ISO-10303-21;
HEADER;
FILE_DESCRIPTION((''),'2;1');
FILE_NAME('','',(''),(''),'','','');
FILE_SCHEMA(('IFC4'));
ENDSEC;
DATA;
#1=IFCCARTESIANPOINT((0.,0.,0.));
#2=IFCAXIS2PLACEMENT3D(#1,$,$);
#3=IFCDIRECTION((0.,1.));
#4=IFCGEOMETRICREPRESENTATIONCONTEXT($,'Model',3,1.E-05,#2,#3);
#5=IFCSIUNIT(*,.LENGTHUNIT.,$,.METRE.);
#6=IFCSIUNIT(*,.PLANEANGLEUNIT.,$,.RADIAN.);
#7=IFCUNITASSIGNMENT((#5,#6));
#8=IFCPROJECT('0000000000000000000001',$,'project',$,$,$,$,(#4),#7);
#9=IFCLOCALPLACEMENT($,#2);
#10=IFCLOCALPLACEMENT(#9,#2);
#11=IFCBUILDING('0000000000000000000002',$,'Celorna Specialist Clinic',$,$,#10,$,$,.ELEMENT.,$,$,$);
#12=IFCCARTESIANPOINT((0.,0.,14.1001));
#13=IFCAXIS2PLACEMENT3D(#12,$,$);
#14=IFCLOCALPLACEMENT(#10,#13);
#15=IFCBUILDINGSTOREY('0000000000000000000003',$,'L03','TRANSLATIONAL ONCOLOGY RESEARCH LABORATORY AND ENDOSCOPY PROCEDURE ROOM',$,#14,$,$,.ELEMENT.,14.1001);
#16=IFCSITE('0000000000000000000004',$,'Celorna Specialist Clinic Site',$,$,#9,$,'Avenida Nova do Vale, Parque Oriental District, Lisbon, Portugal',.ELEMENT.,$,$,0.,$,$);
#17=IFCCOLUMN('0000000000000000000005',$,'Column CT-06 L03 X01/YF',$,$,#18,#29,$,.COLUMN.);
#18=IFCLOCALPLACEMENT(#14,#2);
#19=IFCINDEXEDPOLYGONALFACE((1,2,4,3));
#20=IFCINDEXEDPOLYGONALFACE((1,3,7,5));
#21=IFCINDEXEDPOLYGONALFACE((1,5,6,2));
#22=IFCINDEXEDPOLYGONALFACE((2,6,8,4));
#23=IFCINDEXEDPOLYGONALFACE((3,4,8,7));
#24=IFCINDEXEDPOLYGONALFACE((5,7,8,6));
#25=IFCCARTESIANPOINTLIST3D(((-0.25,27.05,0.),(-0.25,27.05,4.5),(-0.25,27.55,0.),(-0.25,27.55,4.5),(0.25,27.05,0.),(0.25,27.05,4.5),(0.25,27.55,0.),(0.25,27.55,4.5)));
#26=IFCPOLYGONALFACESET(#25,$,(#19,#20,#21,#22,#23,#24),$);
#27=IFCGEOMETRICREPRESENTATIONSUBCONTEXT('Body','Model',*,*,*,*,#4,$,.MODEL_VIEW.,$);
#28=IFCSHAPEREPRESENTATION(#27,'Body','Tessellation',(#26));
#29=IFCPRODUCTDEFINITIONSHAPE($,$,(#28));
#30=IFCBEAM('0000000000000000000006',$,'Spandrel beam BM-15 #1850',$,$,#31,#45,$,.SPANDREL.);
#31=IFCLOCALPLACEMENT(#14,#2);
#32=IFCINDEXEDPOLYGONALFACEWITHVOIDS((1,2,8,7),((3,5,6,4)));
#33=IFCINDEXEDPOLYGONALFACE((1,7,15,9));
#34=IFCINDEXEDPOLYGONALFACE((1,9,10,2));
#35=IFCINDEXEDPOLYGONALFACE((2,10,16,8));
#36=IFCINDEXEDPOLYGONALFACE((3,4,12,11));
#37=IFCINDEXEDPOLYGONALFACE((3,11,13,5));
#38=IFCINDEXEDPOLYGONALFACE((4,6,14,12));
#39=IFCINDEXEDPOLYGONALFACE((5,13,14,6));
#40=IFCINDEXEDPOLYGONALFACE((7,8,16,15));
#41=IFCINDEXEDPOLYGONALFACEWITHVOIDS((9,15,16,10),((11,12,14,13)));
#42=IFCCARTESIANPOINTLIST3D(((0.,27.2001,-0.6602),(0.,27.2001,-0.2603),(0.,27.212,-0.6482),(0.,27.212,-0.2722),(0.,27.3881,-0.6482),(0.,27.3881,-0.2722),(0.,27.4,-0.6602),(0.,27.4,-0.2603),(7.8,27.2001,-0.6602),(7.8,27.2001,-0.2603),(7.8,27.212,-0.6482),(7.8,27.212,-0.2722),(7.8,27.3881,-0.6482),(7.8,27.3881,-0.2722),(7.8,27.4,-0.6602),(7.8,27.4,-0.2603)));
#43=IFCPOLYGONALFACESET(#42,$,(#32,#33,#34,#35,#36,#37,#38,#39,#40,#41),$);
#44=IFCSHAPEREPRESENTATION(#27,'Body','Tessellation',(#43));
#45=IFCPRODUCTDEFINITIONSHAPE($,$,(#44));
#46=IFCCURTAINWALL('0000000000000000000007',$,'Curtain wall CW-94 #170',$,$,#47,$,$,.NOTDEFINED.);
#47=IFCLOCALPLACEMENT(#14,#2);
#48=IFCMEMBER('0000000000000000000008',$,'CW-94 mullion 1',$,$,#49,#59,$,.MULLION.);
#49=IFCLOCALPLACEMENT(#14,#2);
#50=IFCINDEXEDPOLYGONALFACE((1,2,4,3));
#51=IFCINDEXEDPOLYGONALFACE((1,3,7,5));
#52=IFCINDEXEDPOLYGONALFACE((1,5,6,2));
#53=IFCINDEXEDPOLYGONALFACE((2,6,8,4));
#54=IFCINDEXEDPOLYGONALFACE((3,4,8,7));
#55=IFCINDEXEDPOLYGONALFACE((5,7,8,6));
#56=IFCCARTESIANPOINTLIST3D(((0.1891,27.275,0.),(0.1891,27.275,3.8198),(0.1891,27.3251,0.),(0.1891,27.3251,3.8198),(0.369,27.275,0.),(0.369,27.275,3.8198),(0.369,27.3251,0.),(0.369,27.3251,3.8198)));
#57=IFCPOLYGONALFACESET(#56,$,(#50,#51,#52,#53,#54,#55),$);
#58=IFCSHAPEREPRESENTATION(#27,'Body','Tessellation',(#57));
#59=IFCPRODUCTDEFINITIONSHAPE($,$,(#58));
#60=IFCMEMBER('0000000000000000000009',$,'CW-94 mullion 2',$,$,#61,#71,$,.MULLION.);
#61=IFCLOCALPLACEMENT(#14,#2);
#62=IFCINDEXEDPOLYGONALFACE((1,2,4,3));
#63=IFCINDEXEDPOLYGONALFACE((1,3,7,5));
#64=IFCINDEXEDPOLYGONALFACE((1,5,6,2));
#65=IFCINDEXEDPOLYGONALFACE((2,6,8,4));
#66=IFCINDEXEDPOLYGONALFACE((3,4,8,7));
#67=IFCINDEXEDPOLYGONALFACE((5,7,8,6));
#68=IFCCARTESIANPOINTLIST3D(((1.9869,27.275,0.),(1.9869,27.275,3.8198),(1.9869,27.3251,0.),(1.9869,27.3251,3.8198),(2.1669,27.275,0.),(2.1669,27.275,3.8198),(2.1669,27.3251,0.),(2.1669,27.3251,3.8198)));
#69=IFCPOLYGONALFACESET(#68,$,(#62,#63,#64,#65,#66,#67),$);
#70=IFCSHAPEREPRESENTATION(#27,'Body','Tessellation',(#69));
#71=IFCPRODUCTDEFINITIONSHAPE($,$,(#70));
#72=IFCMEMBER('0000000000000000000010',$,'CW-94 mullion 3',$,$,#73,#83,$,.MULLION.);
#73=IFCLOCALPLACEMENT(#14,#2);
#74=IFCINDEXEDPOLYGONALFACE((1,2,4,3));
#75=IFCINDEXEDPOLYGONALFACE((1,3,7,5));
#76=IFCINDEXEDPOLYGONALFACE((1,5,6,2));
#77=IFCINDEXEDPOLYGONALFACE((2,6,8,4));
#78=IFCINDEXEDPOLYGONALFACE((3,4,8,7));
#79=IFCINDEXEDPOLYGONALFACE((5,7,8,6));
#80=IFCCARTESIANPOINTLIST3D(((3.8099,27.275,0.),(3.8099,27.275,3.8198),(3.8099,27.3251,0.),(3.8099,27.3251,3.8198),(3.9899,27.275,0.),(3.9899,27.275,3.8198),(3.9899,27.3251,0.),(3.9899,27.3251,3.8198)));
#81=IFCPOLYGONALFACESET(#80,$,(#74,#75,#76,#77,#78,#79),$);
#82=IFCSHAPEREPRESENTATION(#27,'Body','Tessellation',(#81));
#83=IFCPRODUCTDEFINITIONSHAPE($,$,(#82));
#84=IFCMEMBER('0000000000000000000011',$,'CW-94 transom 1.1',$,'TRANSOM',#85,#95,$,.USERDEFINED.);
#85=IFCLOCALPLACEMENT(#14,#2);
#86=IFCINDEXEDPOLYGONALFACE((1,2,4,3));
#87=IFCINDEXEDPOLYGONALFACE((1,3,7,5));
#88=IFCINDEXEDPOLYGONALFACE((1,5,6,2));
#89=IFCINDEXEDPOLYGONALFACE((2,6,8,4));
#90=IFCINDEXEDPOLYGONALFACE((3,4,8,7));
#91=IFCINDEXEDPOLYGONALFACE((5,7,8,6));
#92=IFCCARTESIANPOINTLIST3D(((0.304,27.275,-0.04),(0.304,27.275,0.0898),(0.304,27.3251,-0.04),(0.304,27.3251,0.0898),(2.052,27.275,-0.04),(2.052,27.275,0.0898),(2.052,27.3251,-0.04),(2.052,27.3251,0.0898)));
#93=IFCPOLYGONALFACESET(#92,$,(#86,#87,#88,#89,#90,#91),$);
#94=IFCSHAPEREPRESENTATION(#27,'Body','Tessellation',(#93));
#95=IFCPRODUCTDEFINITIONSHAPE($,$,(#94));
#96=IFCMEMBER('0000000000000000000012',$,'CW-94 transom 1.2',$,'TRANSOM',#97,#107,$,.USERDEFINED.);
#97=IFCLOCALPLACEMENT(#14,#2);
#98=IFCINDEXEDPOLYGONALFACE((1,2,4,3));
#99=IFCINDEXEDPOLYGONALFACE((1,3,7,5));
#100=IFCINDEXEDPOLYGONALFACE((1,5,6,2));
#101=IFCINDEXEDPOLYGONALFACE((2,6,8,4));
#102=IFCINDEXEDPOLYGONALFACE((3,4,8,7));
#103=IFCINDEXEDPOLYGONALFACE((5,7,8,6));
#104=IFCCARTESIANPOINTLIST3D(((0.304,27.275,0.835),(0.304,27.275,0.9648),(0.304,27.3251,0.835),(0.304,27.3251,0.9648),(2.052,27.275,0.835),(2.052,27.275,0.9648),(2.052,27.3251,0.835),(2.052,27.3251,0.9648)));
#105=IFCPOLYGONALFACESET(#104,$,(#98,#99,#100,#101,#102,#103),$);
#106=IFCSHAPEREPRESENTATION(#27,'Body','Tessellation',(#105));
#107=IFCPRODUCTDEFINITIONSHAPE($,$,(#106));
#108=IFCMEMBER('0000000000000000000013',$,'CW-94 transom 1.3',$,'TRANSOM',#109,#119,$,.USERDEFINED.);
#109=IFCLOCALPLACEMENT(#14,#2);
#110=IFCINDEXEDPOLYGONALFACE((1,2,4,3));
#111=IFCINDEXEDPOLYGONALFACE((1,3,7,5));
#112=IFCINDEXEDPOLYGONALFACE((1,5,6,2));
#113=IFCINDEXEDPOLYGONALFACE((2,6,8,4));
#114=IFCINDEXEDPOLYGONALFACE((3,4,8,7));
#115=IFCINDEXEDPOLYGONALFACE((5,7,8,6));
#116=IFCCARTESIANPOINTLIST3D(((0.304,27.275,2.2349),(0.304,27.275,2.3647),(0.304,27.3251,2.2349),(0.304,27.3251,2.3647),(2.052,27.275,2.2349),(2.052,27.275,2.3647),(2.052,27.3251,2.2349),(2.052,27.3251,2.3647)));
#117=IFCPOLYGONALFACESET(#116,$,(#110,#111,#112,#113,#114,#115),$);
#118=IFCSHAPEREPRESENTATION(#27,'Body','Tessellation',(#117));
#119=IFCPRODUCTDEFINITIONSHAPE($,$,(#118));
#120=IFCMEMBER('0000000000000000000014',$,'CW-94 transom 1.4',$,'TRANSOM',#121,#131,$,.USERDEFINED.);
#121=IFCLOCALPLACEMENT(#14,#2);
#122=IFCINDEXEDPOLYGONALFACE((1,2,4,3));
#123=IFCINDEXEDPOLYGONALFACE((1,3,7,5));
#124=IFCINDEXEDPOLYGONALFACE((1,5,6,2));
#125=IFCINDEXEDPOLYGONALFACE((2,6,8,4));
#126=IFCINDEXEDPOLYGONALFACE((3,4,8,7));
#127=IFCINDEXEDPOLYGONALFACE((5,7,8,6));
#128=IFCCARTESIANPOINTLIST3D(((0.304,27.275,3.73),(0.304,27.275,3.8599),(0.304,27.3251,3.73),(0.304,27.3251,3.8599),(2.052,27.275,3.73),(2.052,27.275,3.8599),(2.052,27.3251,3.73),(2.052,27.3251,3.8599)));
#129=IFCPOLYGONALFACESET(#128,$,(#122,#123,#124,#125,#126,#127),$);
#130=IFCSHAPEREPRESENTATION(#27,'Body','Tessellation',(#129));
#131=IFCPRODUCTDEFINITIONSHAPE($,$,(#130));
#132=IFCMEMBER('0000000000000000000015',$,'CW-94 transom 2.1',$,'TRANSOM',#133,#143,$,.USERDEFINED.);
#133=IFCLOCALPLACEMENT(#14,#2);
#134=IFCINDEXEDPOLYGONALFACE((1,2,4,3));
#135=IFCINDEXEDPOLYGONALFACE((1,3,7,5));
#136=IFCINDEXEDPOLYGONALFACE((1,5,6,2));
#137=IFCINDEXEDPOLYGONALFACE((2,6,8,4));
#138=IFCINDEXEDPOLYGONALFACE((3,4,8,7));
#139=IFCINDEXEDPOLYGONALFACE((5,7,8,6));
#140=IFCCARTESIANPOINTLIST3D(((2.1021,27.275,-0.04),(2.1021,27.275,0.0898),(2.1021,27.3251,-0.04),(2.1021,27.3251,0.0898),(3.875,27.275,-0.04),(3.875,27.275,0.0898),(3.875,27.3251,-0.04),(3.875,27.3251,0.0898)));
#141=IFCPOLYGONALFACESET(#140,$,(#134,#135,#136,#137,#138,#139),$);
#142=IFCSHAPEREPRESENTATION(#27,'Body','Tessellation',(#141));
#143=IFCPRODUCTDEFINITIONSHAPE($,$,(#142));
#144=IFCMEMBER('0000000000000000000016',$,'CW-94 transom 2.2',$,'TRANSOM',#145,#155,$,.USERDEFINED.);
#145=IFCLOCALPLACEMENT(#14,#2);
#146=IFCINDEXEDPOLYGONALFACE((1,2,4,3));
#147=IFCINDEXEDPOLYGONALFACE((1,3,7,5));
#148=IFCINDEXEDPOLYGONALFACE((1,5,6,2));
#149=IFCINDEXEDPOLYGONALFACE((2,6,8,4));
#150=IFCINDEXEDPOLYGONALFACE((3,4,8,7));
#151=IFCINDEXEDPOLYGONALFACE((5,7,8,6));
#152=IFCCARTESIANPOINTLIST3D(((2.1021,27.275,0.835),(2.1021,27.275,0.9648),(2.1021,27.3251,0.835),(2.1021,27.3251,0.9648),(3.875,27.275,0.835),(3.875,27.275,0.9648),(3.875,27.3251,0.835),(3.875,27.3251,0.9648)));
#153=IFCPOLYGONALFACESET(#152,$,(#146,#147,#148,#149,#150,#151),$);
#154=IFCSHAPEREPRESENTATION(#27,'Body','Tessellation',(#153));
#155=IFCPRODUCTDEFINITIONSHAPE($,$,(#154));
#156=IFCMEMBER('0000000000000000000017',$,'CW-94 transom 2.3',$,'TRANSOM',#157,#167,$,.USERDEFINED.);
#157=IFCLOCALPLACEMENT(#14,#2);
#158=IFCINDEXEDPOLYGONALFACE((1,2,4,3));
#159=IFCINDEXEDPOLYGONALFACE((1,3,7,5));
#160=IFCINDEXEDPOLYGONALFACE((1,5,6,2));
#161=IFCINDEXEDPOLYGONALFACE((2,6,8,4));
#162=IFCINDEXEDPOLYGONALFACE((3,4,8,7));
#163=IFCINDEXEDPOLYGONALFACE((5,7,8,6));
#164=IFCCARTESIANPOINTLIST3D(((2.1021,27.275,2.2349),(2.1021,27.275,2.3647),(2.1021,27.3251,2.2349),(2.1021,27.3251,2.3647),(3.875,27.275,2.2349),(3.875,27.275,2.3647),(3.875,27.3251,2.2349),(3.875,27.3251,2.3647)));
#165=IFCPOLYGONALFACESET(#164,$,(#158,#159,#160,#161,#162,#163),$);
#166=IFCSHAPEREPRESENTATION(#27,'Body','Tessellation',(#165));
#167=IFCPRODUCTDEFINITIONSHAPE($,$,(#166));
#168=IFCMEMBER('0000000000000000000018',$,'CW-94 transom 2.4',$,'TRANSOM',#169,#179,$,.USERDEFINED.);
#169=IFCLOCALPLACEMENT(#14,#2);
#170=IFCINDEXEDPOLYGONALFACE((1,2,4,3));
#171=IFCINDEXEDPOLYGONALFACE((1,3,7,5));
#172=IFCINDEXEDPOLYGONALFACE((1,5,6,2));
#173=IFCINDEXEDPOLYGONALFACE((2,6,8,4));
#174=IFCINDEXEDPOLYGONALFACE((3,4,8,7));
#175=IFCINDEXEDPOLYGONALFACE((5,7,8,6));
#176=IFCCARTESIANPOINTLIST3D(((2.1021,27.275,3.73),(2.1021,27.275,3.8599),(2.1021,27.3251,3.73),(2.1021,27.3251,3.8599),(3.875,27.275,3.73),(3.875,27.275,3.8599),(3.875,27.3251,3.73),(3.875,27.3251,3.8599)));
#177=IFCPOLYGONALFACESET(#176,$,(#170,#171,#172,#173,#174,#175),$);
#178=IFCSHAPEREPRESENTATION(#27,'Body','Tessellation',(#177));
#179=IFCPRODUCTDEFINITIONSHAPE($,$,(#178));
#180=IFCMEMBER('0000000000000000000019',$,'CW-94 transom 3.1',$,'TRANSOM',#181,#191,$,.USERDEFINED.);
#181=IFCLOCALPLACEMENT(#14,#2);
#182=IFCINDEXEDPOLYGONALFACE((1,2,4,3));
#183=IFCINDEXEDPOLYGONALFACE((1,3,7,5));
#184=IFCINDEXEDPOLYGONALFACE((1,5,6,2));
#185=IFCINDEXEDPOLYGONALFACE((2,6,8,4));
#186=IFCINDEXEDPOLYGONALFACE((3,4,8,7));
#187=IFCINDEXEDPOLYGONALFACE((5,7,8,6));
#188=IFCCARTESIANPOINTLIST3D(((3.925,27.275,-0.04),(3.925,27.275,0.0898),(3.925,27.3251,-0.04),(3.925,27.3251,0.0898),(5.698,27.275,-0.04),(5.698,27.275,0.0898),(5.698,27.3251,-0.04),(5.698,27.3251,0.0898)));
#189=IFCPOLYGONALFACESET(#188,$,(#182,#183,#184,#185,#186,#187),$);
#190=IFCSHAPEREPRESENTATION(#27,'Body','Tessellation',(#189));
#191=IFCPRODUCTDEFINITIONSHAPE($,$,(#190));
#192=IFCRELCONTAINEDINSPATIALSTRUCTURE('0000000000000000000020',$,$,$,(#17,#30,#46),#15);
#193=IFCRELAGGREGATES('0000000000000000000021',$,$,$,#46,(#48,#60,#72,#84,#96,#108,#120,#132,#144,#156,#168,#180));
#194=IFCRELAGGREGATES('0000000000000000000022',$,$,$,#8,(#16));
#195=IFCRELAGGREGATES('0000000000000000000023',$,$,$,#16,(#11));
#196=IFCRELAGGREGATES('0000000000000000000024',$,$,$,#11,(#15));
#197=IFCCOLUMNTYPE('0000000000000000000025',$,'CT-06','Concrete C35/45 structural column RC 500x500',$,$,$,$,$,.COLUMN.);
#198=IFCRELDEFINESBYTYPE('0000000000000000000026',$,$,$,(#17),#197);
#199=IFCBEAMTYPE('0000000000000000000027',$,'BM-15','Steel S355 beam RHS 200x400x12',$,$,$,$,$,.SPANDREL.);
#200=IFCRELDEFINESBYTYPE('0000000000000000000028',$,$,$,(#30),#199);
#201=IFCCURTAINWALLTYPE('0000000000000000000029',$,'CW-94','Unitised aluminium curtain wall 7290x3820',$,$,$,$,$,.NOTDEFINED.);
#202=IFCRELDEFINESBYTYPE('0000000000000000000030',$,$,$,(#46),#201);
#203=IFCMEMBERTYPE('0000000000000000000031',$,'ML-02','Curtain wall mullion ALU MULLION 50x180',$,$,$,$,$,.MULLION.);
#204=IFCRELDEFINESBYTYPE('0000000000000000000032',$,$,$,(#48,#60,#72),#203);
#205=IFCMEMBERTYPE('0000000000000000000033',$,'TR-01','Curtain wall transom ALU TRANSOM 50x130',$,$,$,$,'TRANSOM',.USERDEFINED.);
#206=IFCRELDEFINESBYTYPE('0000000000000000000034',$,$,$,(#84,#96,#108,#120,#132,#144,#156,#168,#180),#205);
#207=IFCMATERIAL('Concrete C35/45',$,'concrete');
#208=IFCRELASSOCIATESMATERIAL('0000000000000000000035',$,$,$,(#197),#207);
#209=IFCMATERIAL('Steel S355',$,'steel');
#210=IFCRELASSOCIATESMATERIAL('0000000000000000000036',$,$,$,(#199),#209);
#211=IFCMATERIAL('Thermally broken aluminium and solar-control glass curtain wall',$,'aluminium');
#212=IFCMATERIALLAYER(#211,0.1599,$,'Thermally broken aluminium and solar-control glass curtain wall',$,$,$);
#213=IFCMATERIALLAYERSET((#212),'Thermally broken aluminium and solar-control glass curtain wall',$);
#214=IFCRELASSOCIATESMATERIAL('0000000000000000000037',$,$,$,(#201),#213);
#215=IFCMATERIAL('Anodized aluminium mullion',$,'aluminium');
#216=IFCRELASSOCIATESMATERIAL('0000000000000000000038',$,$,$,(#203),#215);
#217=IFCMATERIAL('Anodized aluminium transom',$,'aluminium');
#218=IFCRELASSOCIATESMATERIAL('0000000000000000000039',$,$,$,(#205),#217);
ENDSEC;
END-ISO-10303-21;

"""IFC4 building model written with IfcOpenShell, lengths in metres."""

from ifc_helpers import new_model, si_unit, direction, frame, origin, origin_2d, place, context, subcontext, project, spatial, rectangle, hollow_rectangle, extrude, material, layer, layer_set, material_profile, profile_set, type_object, element, aggregate, save


model = new_model("IFC4")

# Units and contexts
model_context = context("Model", 3, precision=1e-05, world=origin(), true_north=direction((0.0, 1.0)))
body_context = subcontext(model_context, "Body", "Model", "MODEL_VIEW")
ifc_project = project(units=[si_unit("LENGTHUNIT", "METRE"), si_unit("PLANEANGLEUNIT", "RADIAN")], contexts=[model_context])

# Site, building, storey
site_placement = place(None, origin())
site = spatial("IfcSite", under=ifc_project, at=site_placement, Name="Celorna Specialist Clinic Site", LongName="Avenida Nova do Vale, Parque Oriental District, Lisbon, Portugal", CompositionType="ELEMENT", RefElevation=0.0)
building_placement = place(site_placement, origin())
building = spatial("IfcBuilding", under=site, at=building_placement, Name="Celorna Specialist Clinic", CompositionType="ELEMENT")
storey_placement = place(building_placement, frame((0.0, 0.0, 14.1001)))
storey = spatial("IfcBuildingStorey", under=building, at=storey_placement, Name="L03", Description="TRANSLATIONAL ONCOLOGY RESEARCH LABORATORY AND ENDOSCOPY PROCEDURE ROOM", CompositionType="ELEMENT", Elevation=14.1001)

# Column
ifc_material_1 = material(Name="Concrete C35/45", Category="concrete")
ifc_material_profile_1 = material_profile(ifc_material_1, rectangle(XDim=0.5, YDim=0.5, at=origin_2d()), Name="RC 500x500")
ifc_profile_set_1 = profile_set([ifc_material_profile_1], Name="Concrete C35/45")
column_type = type_object("IfcColumnType", Name="CT-06", Description="Concrete C35/45 structural column RC 500x500", PredefinedType="COLUMN", material=ifc_profile_set_1)
column_placement = place(storey_placement, frame((0.0, 27.3, 0.0), z_axis=(0.0, 0.0, 1.0), x_axis=(1.0, 0.0, 0.0)))
element("IfcColumn", 1, at=column_placement, inside=storey, type_object=column_type, Name="Column CT-06 L03 X01/YF", PredefinedType="COLUMN", context=body_context, shape_type="SweptSolid", body=[
    extrude(rectangle(XDim=0.5, YDim=0.5, at=origin_2d()), origin(), (0.0, 0.0, 1.0), 4.5),
])

# Beam
ifc_material_2 = material(Name="Steel S355", Category="steel")
ifc_material_profile_2 = material_profile(ifc_material_2, hollow_rectangle(XDim=0.2, YDim=0.3999, WallThickness=0.012, at=origin_2d()), Name="RHS 200x400x12")
ifc_profile_set_2 = profile_set([ifc_material_profile_2], Name="Steel S355")
beam_type = type_object("IfcBeamType", Name="BM-15", Description="Steel S355 beam RHS 200x400x12", PredefinedType="SPANDREL", material=ifc_profile_set_2)
beam_placement = place(storey_placement, frame((0.0, 27.3, -0.4602), z_axis=(1.0, 0.0, 0.0), x_axis=(0.0, 1.0, 0.0)))
element("IfcBeam", 2, at=beam_placement, inside=storey, type_object=beam_type, Name="Spandrel beam BM-15 #1850", PredefinedType="SPANDREL", context=body_context, shape_type="SweptSolid", body=[
    extrude(hollow_rectangle(XDim=0.2, YDim=0.3999, WallThickness=0.012, at=origin_2d()), origin(), (0.0, 0.0, 1.0), 7.8),
])

# Curtain wall, members
ifc_material_3 = material(Name="Thermally broken aluminium and solar-control glass curtain wall", Category="aluminium")
ifc_layer_1 = layer(ifc_material_3, 0.1599, Name="Thermally broken aluminium and solar-control glass curtain wall")
ifc_layer_set_1 = layer_set([ifc_layer_1], Name="Thermally broken aluminium and solar-control glass curtain wall")
curtain_wall_type = type_object("IfcCurtainWallType", Name="CW-94", Description="Unitised aluminium curtain wall 7290x3820", PredefinedType="NOTDEFINED", material=ifc_layer_set_1)
curtain_wall_placement = place(storey_placement, origin())
curtain_wall = element("IfcCurtainWall", 3, at=curtain_wall_placement, inside=storey, type_object=curtain_wall_type, Name="Curtain wall CW-94 #170", PredefinedType="NOTDEFINED")
ifc_material_4 = material(Name="Anodized aluminium mullion", Category="aluminium")
ifc_material_profile_3 = material_profile(ifc_material_4, rectangle(XDim=0.05, YDim=0.1799, at=origin_2d()), Name="ALU MULLION 50x180")
ifc_profile_set_3 = profile_set([ifc_material_profile_3], Name="Anodized aluminium mullion")
member_type_1 = type_object("IfcMemberType", Name="ML-02", Description="Curtain wall mullion ALU MULLION 50x180", PredefinedType="MULLION", material=ifc_profile_set_3)
member_1_placement = place(storey_placement, frame((0.2791, 27.3, 0.0), z_axis=(0.0, 0.0, 1.0), x_axis=(0.0, 1.0, 0.0)))
member_1 = element("IfcMember", 4, at=member_1_placement, type_object=member_type_1, Name="CW-94 mullion 1", PredefinedType="MULLION", context=body_context, shape_type="SweptSolid", body=[
    extrude(rectangle(XDim=0.05, YDim=0.1799, at=origin_2d()), origin(), (0.0, 0.0, 1.0), 3.8198),
])
member_2_placement = place(storey_placement, frame((2.0769, 27.3, 0.0), z_axis=(0.0, 0.0, 1.0), x_axis=(0.0, 1.0, 0.0)))
member_2 = element("IfcMember", 5, at=member_2_placement, type_object=member_type_1, Name="CW-94 mullion 2", PredefinedType="MULLION", context=body_context, shape_type="SweptSolid", body=[
    extrude(rectangle(XDim=0.05, YDim=0.1799, at=origin_2d()), origin(), (0.0, 0.0, 1.0), 3.8198),
])
member_3_placement = place(storey_placement, frame((3.8999, 27.3, 0.0), z_axis=(0.0, 0.0, 1.0), x_axis=(0.0, 1.0, 0.0)))
member_3 = element("IfcMember", 6, at=member_3_placement, type_object=member_type_1, Name="CW-94 mullion 3", PredefinedType="MULLION", context=body_context, shape_type="SweptSolid", body=[
    extrude(rectangle(XDim=0.05, YDim=0.1799, at=origin_2d()), origin(), (0.0, 0.0, 1.0), 3.8198),
])
ifc_material_5 = material(Name="Anodized aluminium transom", Category="aluminium")
ifc_material_profile_4 = material_profile(ifc_material_5, rectangle(XDim=0.05, YDim=0.1299, at=origin_2d()), Name="ALU TRANSOM 50x130")
ifc_profile_set_4 = profile_set([ifc_material_profile_4], Name="Anodized aluminium transom")
member_type_2 = type_object("IfcMemberType", Name="TR-01", Description="Curtain wall transom ALU TRANSOM 50x130", ElementType="TRANSOM", PredefinedType="USERDEFINED", material=ifc_profile_set_4)
member_4_placement = place(storey_placement, frame((0.304, 27.3, 0.0249), z_axis=(1.0, 0.0, 0.0), x_axis=(0.0, 1.0, 0.0)))
member_4 = element("IfcMember", 7, at=member_4_placement, type_object=member_type_2, Name="CW-94 transom 1.1", ObjectType="TRANSOM", PredefinedType="USERDEFINED", context=body_context, shape_type="SweptSolid", body=[
    extrude(rectangle(XDim=0.05, YDim=0.1299, at=origin_2d()), origin(), (0.0, 0.0, 1.0), 1.748),
])
member_5_placement = place(storey_placement, frame((0.304, 27.3, 0.8999), z_axis=(1.0, 0.0, 0.0), x_axis=(0.0, 1.0, 0.0)))
member_5 = element("IfcMember", 8, at=member_5_placement, type_object=member_type_2, Name="CW-94 transom 1.2", ObjectType="TRANSOM", PredefinedType="USERDEFINED", context=body_context, shape_type="SweptSolid", body=[
    extrude(rectangle(XDim=0.05, YDim=0.1299, at=origin_2d()), origin(), (0.0, 0.0, 1.0), 1.748),
])
member_6_placement = place(storey_placement, frame((0.304, 27.3, 2.2998), z_axis=(1.0, 0.0, 0.0), x_axis=(0.0, 1.0, 0.0)))
member_6 = element("IfcMember", 9, at=member_6_placement, type_object=member_type_2, Name="CW-94 transom 1.3", ObjectType="TRANSOM", PredefinedType="USERDEFINED", context=body_context, shape_type="SweptSolid", body=[
    extrude(rectangle(XDim=0.05, YDim=0.1299, at=origin_2d()), origin(), (0.0, 0.0, 1.0), 1.748),
])
member_7_placement = place(storey_placement, frame((0.304, 27.3, 3.7949), z_axis=(1.0, 0.0, 0.0), x_axis=(0.0, 1.0, 0.0)))
member_7 = element("IfcMember", 10, at=member_7_placement, type_object=member_type_2, Name="CW-94 transom 1.4", ObjectType="TRANSOM", PredefinedType="USERDEFINED", context=body_context, shape_type="SweptSolid", body=[
    extrude(rectangle(XDim=0.05, YDim=0.1299, at=origin_2d()), origin(), (0.0, 0.0, 1.0), 1.748),
])
member_8_placement = place(storey_placement, frame((2.1021, 27.3, 0.0249), z_axis=(1.0, 0.0, 0.0), x_axis=(0.0, 1.0, 0.0)))
member_8 = element("IfcMember", 11, at=member_8_placement, type_object=member_type_2, Name="CW-94 transom 2.1", ObjectType="TRANSOM", PredefinedType="USERDEFINED", context=body_context, shape_type="SweptSolid", body=[
    extrude(rectangle(XDim=0.05, YDim=0.1299, at=origin_2d()), origin(), (0.0, 0.0, 1.0), 1.7729),
])
member_9_placement = place(storey_placement, frame((2.1021, 27.3, 0.8999), z_axis=(1.0, 0.0, 0.0), x_axis=(0.0, 1.0, 0.0)))
member_9 = element("IfcMember", 12, at=member_9_placement, type_object=member_type_2, Name="CW-94 transom 2.2", ObjectType="TRANSOM", PredefinedType="USERDEFINED", context=body_context, shape_type="SweptSolid", body=[
    extrude(rectangle(XDim=0.05, YDim=0.1299, at=origin_2d()), origin(), (0.0, 0.0, 1.0), 1.7729),
])
member_10_placement = place(storey_placement, frame((2.1021, 27.3, 2.2998), z_axis=(1.0, 0.0, 0.0), x_axis=(0.0, 1.0, 0.0)))
member_10 = element("IfcMember", 13, at=member_10_placement, type_object=member_type_2, Name="CW-94 transom 2.3", ObjectType="TRANSOM", PredefinedType="USERDEFINED", context=body_context, shape_type="SweptSolid", body=[
    extrude(rectangle(XDim=0.05, YDim=0.1299, at=origin_2d()), origin(), (0.0, 0.0, 1.0), 1.7729),
])
member_11_placement = place(storey_placement, frame((2.1021, 27.3, 3.7949), z_axis=(1.0, 0.0, 0.0), x_axis=(0.0, 1.0, 0.0)))
member_11 = element("IfcMember", 14, at=member_11_placement, type_object=member_type_2, Name="CW-94 transom 2.4", ObjectType="TRANSOM", PredefinedType="USERDEFINED", context=body_context, shape_type="SweptSolid", body=[
    extrude(rectangle(XDim=0.05, YDim=0.1299, at=origin_2d()), origin(), (0.0, 0.0, 1.0), 1.7729),
])
member_12_placement = place(storey_placement, frame((3.925, 27.3, 0.0249), z_axis=(1.0, 0.0, 0.0), x_axis=(0.0, 1.0, 0.0)))
member_12 = element("IfcMember", 15, at=member_12_placement, type_object=member_type_2, Name="CW-94 transom 3.1", ObjectType="TRANSOM", PredefinedType="USERDEFINED", context=body_context, shape_type="SweptSolid", body=[
    extrude(rectangle(XDim=0.05, YDim=0.1299, at=origin_2d()), origin(), (0.0, 0.0, 1.0), 1.7729),
])
aggregate(curtain_wall, [member_1, member_2, member_3, member_4, member_5, member_6, member_7, member_8, member_9, member_10, member_11, member_12])

save(model, "model.ifc")
